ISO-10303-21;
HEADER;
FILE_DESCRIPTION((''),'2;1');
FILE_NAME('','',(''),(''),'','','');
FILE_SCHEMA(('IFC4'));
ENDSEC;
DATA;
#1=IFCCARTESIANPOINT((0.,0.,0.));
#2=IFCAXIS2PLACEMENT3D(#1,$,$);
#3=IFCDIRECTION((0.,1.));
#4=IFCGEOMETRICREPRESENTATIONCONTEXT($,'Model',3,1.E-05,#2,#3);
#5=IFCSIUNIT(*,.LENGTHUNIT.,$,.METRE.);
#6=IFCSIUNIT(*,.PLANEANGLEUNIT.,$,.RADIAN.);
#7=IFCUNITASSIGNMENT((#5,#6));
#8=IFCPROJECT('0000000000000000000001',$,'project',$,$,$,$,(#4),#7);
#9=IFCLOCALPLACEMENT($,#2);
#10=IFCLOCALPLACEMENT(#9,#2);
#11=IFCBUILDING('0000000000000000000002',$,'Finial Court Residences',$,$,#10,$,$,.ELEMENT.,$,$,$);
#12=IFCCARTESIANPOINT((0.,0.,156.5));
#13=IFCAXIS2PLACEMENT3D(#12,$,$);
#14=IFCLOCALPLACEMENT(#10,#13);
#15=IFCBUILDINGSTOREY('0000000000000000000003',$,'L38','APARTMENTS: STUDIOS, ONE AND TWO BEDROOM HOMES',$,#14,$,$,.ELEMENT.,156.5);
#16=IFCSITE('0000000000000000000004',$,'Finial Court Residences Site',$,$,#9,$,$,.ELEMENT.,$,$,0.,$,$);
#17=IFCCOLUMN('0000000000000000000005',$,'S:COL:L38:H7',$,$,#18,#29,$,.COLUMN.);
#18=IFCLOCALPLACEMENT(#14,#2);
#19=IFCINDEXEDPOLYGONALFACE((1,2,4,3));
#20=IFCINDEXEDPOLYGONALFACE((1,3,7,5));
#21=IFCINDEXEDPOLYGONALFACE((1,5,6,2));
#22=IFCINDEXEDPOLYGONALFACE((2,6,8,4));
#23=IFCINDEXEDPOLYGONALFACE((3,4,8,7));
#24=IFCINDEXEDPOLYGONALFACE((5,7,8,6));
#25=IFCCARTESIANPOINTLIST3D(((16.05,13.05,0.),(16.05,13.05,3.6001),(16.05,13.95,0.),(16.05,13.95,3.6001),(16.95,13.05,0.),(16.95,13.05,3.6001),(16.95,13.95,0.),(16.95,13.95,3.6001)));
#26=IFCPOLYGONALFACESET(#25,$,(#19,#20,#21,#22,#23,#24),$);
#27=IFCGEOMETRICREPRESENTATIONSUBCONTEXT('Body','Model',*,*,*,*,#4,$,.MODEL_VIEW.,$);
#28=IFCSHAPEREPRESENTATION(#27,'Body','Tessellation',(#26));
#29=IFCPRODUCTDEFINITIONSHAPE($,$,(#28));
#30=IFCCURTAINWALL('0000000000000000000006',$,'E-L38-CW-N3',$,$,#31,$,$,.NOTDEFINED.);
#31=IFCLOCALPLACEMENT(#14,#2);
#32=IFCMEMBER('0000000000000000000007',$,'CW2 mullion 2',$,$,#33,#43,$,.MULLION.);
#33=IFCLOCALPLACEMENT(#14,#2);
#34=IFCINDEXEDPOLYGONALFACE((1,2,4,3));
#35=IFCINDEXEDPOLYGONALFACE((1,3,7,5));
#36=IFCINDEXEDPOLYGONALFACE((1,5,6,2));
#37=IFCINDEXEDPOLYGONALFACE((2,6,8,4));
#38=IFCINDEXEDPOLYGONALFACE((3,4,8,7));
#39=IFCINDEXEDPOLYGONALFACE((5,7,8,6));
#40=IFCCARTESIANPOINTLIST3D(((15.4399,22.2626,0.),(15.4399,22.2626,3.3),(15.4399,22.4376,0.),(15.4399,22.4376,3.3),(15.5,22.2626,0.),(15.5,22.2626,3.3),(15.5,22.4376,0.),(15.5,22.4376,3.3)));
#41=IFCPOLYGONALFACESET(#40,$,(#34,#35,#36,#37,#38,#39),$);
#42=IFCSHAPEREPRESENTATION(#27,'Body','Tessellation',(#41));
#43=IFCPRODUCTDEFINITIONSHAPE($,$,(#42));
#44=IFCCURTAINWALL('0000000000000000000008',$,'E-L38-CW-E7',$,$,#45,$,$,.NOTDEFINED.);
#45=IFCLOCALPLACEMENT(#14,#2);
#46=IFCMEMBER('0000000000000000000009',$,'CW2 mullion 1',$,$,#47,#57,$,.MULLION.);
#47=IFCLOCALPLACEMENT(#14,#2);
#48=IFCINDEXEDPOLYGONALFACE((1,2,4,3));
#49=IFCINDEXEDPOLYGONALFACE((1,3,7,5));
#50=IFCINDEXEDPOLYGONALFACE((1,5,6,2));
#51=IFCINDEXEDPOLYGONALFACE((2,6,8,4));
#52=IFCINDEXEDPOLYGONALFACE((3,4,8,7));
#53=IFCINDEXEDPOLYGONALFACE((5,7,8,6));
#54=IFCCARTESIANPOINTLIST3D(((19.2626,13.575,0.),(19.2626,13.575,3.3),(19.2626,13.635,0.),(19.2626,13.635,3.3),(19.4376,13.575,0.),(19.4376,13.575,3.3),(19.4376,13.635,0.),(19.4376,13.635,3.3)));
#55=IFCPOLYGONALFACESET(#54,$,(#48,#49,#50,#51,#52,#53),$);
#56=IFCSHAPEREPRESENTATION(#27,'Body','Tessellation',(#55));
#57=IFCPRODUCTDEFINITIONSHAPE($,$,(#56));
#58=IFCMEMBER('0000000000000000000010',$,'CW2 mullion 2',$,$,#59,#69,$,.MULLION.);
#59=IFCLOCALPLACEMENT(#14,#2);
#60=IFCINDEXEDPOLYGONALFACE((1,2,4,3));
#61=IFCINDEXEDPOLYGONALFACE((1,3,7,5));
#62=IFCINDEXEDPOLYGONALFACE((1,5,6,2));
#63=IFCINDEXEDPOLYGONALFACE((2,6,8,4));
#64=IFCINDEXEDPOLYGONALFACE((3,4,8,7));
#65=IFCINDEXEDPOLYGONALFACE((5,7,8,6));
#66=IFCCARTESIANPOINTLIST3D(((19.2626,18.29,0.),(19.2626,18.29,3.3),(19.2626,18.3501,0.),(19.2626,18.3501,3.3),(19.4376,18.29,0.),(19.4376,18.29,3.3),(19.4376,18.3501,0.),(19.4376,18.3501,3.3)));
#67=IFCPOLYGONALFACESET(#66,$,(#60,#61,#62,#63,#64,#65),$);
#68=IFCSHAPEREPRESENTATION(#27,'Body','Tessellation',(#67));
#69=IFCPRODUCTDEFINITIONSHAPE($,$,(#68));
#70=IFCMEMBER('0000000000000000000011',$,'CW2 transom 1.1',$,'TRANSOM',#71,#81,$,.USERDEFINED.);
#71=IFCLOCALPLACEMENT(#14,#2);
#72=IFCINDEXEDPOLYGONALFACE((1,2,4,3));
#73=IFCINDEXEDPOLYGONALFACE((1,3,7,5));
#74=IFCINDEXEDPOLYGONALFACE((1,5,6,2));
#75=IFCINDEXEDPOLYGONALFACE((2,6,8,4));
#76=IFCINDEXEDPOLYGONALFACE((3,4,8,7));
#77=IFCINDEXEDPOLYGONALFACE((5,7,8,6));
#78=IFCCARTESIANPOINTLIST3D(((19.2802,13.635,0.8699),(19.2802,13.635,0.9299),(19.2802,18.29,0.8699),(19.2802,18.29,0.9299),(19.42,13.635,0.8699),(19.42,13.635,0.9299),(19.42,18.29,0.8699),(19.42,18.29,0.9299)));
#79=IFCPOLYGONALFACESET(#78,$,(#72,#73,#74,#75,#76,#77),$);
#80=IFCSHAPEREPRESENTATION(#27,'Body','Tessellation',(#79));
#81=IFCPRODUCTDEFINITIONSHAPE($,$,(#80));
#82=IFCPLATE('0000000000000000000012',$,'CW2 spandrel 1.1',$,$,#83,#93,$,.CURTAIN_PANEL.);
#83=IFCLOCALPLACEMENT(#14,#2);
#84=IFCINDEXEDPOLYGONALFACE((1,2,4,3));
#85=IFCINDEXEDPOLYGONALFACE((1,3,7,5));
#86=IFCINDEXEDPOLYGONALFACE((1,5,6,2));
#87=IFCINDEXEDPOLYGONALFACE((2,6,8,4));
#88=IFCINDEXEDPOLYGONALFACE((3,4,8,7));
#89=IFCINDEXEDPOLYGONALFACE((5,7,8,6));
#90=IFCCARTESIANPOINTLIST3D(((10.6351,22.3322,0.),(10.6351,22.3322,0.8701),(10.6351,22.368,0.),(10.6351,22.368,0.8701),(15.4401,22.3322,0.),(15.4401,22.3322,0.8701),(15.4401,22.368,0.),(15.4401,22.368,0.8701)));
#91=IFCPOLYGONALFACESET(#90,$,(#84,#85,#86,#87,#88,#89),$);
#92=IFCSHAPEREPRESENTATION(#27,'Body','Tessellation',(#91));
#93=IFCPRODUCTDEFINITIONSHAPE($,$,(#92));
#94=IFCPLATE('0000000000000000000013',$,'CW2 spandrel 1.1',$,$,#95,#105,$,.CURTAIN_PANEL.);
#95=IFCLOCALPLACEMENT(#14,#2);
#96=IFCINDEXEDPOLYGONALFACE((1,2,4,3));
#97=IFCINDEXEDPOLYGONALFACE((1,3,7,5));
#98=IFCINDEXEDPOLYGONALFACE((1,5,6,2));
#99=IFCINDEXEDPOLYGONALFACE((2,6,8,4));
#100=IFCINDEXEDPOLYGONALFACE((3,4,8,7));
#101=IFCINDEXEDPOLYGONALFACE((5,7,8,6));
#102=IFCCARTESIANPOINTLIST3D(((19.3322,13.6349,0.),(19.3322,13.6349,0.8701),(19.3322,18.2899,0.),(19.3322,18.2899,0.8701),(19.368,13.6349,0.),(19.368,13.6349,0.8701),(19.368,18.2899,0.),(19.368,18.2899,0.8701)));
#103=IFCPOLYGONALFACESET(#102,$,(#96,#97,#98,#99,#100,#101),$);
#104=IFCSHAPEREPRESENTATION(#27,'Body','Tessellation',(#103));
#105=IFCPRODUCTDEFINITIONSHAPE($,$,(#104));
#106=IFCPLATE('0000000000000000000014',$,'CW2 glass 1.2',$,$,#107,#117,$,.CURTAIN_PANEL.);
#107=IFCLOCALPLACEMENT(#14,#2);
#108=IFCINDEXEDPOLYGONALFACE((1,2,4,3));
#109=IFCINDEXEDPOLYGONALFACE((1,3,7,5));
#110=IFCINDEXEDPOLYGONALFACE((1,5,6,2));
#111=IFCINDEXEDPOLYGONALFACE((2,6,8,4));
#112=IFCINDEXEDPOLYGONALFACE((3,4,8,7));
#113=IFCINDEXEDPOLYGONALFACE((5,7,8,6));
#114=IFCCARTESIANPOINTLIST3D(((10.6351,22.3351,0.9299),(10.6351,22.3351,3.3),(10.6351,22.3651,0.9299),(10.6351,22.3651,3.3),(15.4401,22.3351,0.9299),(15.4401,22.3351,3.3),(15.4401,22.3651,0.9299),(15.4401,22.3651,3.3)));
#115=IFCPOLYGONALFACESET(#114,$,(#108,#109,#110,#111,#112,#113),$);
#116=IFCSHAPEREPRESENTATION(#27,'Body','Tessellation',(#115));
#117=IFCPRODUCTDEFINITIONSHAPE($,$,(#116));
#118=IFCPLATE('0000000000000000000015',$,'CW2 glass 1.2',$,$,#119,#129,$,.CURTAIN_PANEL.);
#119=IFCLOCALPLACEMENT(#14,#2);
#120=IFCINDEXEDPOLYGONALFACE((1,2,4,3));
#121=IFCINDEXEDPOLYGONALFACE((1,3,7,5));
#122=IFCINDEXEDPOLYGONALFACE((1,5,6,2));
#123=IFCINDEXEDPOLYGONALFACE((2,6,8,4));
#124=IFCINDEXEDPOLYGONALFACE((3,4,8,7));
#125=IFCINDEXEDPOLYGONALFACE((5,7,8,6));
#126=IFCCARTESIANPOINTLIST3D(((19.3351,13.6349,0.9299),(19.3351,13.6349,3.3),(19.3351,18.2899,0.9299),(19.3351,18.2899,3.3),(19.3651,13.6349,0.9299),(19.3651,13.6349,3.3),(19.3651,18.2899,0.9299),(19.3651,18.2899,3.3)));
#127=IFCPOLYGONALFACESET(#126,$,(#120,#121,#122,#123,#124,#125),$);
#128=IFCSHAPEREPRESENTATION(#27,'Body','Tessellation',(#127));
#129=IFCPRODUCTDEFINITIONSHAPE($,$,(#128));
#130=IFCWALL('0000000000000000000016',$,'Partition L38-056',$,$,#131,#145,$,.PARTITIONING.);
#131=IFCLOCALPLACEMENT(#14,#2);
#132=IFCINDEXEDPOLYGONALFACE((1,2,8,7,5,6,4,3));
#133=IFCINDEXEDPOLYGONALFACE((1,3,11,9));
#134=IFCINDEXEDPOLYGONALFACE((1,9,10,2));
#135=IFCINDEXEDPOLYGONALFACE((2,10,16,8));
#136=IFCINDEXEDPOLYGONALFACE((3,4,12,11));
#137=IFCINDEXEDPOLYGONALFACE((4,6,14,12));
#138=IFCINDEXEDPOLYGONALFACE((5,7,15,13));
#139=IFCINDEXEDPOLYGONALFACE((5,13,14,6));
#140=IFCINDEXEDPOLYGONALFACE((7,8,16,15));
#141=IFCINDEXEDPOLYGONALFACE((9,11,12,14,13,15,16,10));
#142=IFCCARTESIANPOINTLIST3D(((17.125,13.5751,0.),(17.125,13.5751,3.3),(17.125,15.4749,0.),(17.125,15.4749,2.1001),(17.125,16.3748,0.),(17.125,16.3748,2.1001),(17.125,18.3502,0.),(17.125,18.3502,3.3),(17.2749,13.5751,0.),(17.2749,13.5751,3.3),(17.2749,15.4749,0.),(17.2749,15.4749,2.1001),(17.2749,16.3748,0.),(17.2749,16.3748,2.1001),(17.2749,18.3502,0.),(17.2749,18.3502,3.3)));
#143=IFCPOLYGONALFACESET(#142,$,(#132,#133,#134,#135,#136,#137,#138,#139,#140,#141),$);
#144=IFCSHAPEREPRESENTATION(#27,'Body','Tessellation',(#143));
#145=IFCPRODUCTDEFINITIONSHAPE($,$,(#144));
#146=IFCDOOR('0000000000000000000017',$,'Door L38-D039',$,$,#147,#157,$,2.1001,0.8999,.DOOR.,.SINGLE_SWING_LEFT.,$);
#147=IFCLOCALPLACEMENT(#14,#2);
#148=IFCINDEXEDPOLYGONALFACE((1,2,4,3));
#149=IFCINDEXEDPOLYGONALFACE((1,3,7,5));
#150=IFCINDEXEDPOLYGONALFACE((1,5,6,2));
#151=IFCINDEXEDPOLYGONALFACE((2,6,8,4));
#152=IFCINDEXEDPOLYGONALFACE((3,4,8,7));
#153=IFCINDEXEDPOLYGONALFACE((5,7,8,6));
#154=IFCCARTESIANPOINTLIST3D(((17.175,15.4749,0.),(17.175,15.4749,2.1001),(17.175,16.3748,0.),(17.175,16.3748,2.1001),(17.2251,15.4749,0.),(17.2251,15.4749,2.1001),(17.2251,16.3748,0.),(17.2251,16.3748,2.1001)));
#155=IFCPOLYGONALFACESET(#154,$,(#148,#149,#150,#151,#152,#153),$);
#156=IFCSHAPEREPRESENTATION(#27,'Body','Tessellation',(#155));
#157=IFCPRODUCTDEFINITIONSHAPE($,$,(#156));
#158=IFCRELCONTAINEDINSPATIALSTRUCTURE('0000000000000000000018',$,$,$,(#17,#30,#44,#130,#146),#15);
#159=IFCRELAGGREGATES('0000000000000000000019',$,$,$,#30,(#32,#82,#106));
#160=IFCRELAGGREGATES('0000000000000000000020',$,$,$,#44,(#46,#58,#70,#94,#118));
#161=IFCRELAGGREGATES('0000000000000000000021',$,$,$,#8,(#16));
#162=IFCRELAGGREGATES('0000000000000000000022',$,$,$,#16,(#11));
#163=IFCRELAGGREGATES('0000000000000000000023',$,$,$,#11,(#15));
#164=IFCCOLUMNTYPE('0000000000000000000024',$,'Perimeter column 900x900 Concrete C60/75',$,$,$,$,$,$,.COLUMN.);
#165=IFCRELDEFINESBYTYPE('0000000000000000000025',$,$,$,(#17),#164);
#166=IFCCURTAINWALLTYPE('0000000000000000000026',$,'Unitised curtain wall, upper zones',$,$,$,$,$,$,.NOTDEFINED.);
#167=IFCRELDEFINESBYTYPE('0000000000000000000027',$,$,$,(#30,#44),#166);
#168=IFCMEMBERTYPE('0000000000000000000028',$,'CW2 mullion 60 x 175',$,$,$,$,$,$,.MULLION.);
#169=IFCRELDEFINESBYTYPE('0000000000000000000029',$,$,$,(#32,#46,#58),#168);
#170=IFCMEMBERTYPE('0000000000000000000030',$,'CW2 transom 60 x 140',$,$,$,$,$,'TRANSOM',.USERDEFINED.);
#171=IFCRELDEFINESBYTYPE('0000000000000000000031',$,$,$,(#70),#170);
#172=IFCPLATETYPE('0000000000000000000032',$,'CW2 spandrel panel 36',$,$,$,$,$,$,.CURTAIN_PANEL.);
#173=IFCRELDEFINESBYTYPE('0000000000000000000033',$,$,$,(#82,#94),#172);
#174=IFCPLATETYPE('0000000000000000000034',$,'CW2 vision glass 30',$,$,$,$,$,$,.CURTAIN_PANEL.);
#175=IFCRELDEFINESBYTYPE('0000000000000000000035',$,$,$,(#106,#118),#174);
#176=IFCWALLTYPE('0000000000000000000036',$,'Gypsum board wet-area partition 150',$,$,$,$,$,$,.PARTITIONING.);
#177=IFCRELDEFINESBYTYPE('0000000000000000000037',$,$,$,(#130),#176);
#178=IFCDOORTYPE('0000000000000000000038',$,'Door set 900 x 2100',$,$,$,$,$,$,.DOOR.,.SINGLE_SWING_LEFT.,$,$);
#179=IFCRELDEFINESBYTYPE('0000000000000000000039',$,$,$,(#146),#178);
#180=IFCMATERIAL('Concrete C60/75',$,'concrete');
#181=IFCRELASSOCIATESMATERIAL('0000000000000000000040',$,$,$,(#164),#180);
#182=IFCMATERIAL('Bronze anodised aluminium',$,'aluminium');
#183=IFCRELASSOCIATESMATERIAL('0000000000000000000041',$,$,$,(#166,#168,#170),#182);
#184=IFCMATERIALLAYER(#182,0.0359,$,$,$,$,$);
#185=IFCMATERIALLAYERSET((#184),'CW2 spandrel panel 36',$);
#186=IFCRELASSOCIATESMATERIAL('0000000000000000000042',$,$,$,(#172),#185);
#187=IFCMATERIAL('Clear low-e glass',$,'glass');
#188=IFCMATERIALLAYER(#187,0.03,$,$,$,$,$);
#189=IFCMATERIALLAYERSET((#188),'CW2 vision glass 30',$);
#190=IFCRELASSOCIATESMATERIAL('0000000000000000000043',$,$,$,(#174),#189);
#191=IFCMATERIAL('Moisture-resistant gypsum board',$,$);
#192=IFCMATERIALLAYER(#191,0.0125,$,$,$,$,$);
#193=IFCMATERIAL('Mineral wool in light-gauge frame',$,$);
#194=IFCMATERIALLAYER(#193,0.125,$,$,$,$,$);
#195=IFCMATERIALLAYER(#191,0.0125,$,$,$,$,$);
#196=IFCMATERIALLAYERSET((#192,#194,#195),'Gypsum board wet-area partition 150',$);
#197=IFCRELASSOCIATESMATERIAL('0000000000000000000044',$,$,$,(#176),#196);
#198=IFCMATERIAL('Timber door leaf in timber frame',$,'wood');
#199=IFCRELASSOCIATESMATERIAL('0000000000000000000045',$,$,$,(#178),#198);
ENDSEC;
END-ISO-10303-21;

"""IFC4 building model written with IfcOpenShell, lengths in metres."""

from ifc_helpers import new_model, si_unit, direction, frame, frame_2d, origin, origin_2d, place, context, subcontext, project, spatial, rectangle, extrude, material, layer, layer_set, material_profile, profile_set, type_object, element, fill, aggregate, save


model = new_model("IFC4")

# Units and contexts
model_context = context("Model", 3, precision=1e-05, world=origin(), true_north=direction((0.0, 1.0)))
body_context = subcontext(model_context, "Body", "Model", "MODEL_VIEW")
ifc_project = project(units=[si_unit("LENGTHUNIT", "METRE"), si_unit("PLANEANGLEUNIT", "RADIAN")], contexts=[model_context])

# Site, building, storey
site_placement = place(None, origin())
site = spatial("IfcSite", under=ifc_project, at=site_placement, Name="Finial Court Residences Site", CompositionType="ELEMENT", RefElevation=0.0)
building_placement = place(site_placement, origin())
building = spatial("IfcBuilding", under=site, at=building_placement, Name="Finial Court Residences", CompositionType="ELEMENT")
storey_placement = place(building_placement, frame((0.0, 0.0, 156.5)))
storey = spatial("IfcBuildingStorey", under=building, at=storey_placement, Name="L38", Description="APARTMENTS: STUDIOS, ONE AND TWO BEDROOM HOMES", CompositionType="ELEMENT", Elevation=156.5)

# Column
ifc_material_1 = material(Name="Concrete C60/75", Category="concrete")
ifc_material_profile_1 = material_profile(ifc_material_1, rectangle(XDim=0.8999, YDim=0.8999, at=origin_2d()), Name="900x900")
ifc_profile_set_1 = profile_set([ifc_material_profile_1], Name="Concrete C60/75")
column_type = type_object("IfcColumnType", Name="Perimeter column 900x900 Concrete C60/75", PredefinedType="COLUMN", material=ifc_profile_set_1)
column_placement = place(storey_placement, frame((16.5, 13.5, 0.0), z_axis=(0.0, 0.0, 1.0), x_axis=(1.0, 0.0, 0.0)))
element("IfcColumn", 1, at=column_placement, inside=storey, type_object=column_type, Name="S:COL:L38:H7", PredefinedType="COLUMN", context=body_context, shape_type="SweptSolid", body=[
    extrude(rectangle(XDim=0.8999, YDim=0.8999, at=origin_2d()), origin(), (0.0, 0.0, 1.0), 3.6001),
])

# Curtain wall, member
ifc_material_2 = material(Name="Bronze anodised aluminium", Category="aluminium")
curtain_wall_type = type_object("IfcCurtainWallType", Name="Unitised curtain wall, upper zones", PredefinedType="NOTDEFINED", material=ifc_material_2)
curtain_wall_1_placement = place(storey_placement, origin())
curtain_wall_1 = element("IfcCurtainWall", 2, at=curtain_wall_1_placement, inside=storey, type_object=curtain_wall_type, Name="E-L38-CW-N3", PredefinedType="NOTDEFINED")
ifc_material_profile_2 = material_profile(ifc_material_2, rectangle(XDim=0.175, YDim=0.0601, at=origin_2d()), Name="CW2 mullion 60 x 175")
ifc_profile_set_2 = profile_set([ifc_material_profile_2], Name="Bronze anodised aluminium")
member_type_1 = type_object("IfcMemberType", Name="CW2 mullion 60 x 175", PredefinedType="MULLION", material=ifc_profile_set_2)
member_1_placement = place(storey_placement, frame((15.47, 22.3501, 0.0), z_axis=(0.0, 0.0, 1.0), x_axis=(0.0, 1.0, 0.0)))
member_1 = element("IfcMember", 3, at=member_1_placement, type_object=member_type_1, Name="CW2 mullion 2", PredefinedType="MULLION", context=body_context, shape_type="SweptSolid", body=[
    extrude(rectangle(XDim=0.175, YDim=0.0601, at=origin_2d()), origin(), (0.0, 0.0, 1.0), 3.3),
])

# Curtain wall, members
curtain_wall_2_placement = place(storey_placement, origin())
curtain_wall_2 = element("IfcCurtainWall", 4, at=curtain_wall_2_placement, inside=storey, type_object=curtain_wall_type, Name="E-L38-CW-E7", PredefinedType="NOTDEFINED")
member_2_placement = place(storey_placement, frame((19.3501, 13.605, 0.0), z_axis=(0.0, 0.0, 1.0), x_axis=(-1.0, 0.0, 0.0)))
member_2 = element("IfcMember", 5, at=member_2_placement, type_object=member_type_1, Name="CW2 mullion 1", PredefinedType="MULLION", context=body_context, shape_type="SweptSolid", body=[
    extrude(rectangle(XDim=0.175, YDim=0.0601, at=origin_2d()), origin(), (0.0, 0.0, 1.0), 3.3),
])
member_3_placement = place(storey_placement, frame((19.3501, 18.3201, 0.0), z_axis=(0.0, 0.0, 1.0), x_axis=(-1.0, 0.0, 0.0)))
member_3 = element("IfcMember", 6, at=member_3_placement, type_object=member_type_1, Name="CW2 mullion 2", PredefinedType="MULLION", context=body_context, shape_type="SweptSolid", body=[
    extrude(rectangle(XDim=0.175, YDim=0.0601, at=origin_2d()), origin(), (0.0, 0.0, 1.0), 3.3),
])
ifc_material_profile_3 = material_profile(ifc_material_2, rectangle(XDim=0.1399, YDim=0.0601, at=origin_2d()), Name="CW2 transom 60 x 140")
ifc_profile_set_3 = profile_set([ifc_material_profile_3], Name="Bronze anodised aluminium")
member_type_2 = type_object("IfcMemberType", Name="CW2 transom 60 x 140", ElementType="TRANSOM", PredefinedType="USERDEFINED", material=ifc_profile_set_3)
member_4_placement = place(storey_placement, frame((19.3501, 13.635, 0.8999), z_axis=(0.0, 1.0, 0.0), x_axis=(-1.0, 0.0, 0.0)))
member_4 = element("IfcMember", 7, at=member_4_placement, type_object=member_type_2, Name="CW2 transom 1.1", ObjectType="TRANSOM", PredefinedType="USERDEFINED", context=body_context, shape_type="SweptSolid", body=[
    extrude(rectangle(XDim=0.1399, YDim=0.0601, at=origin_2d()), origin(), (0.0, 0.0, 1.0), 4.655),
])

# Plates
ifc_layer_1 = layer(ifc_material_2, 0.0359)
ifc_layer_set_1 = layer_set([ifc_layer_1], Name="CW2 spandrel panel 36")
plate_type_1 = type_object("IfcPlateType", Name="CW2 spandrel panel 36", PredefinedType="CURTAIN_PANEL", material=ifc_layer_set_1)
plate_1_placement = place(storey_placement, frame((13.0376, 22.3501, 0.0), z_axis=(0.0, 0.0, 1.0), x_axis=(1.0, 0.0, 0.0)))
plate_1 = element("IfcPlate", 8, at=plate_1_placement, type_object=plate_type_1, Name="CW2 spandrel 1.1", PredefinedType="CURTAIN_PANEL", context=body_context, shape_type="SweptSolid", body=[
    extrude(rectangle(XDim=4.8049, YDim=0.0359, at=origin_2d()), origin(), (0.0, 0.0, 1.0), 0.8701),
])
plate_2_placement = place(storey_placement, frame((19.3501, 15.9624, 0.0), z_axis=(0.0, 0.0, 1.0), x_axis=(0.0, 1.0, 0.0)))
plate_2 = element("IfcPlate", 9, at=plate_2_placement, type_object=plate_type_1, Name="CW2 spandrel 1.1", PredefinedType="CURTAIN_PANEL", context=body_context, shape_type="SweptSolid", body=[
    extrude(rectangle(XDim=4.655, YDim=0.0359, at=origin_2d()), origin(), (0.0, 0.0, 1.0), 0.8701),
])
ifc_material_3 = material(Name="Clear low-e glass", Category="glass")
ifc_layer_2 = layer(ifc_material_3, 0.03)
ifc_layer_set_2 = layer_set([ifc_layer_2], Name="CW2 vision glass 30")
plate_type_2 = type_object("IfcPlateType", Name="CW2 vision glass 30", PredefinedType="CURTAIN_PANEL", material=ifc_layer_set_2)
plate_3_placement = place(storey_placement, frame((13.0376, 22.3501, 0.9299), z_axis=(0.0, 0.0, 1.0), x_axis=(1.0, 0.0, 0.0)))
plate_3 = element("IfcPlate", 10, at=plate_3_placement, type_object=plate_type_2, Name="CW2 glass 1.2", PredefinedType="CURTAIN_PANEL", context=body_context, shape_type="SweptSolid", body=[
    extrude(rectangle(XDim=4.8049, YDim=0.03, at=origin_2d()), origin(), (0.0, 0.0, 1.0), 2.3701),
])
aggregate(curtain_wall_1, [member_1, plate_1, plate_3])
plate_4_placement = place(storey_placement, frame((19.3501, 15.9624, 0.9299), z_axis=(0.0, 0.0, 1.0), x_axis=(0.0, 1.0, 0.0)))
plate_4 = element("IfcPlate", 11, at=plate_4_placement, type_object=plate_type_2, Name="CW2 glass 1.2", PredefinedType="CURTAIN_PANEL", context=body_context, shape_type="SweptSolid", body=[
    extrude(rectangle(XDim=4.655, YDim=0.03, at=origin_2d()), origin(), (0.0, 0.0, 1.0), 2.3701),
])
aggregate(curtain_wall_2, [member_2, member_3, member_4, plate_2, plate_4])

# Wall, opening, door
ifc_material_4 = material(Name="Moisture-resistant gypsum board")
ifc_layer_3 = layer(ifc_material_4, 0.0125)
ifc_material_5 = material(Name="Mineral wool in light-gauge frame")
ifc_layer_4 = layer(ifc_material_5, 0.125)
ifc_layer_5 = layer(ifc_material_4, 0.0125)
ifc_layer_set_3 = layer_set([ifc_layer_3, ifc_layer_4, ifc_layer_5], Name="Gypsum board wet-area partition 150")
wall_type_1 = type_object("IfcWallType", Name="Gypsum board wet-area partition 150", PredefinedType="PARTITIONING", material=ifc_layer_set_3)
wall_1_placement = place(storey_placement, frame((17.2, 13.575, 0.0), z_axis=(0.0, 0.0, 1.0), x_axis=(0.0, 1.0, 0.0)))
wall_1 = element("IfcWall", 12, at=wall_1_placement, inside=storey, type_object=wall_type_1, Name="Partition L38-056", PredefinedType="PARTITIONING", context=body_context, shape_type="SweptSolid", body=[
    extrude(rectangle(XDim=4.7751, YDim=0.1499, at=frame_2d((2.3877, 0.0))), origin(), (0.0, 0.0, 1.0), 3.3),
])
opening_1_placement = place(wall_1_placement, frame((1.8999, 0.0, 0.0)))
opening_1 = element("IfcOpeningElement", 13, at=opening_1_placement, cuts=wall_1, PredefinedType="OPENING", context=body_context, shape_type="SweptSolid", body=[
    extrude(rectangle(XDim=0.8999, YDim=2.1001, at=frame_2d((0.45, 1.05))), frame((0.0, 0.085, 0.0), z_axis=(0.0, -1.0, 0.0), x_axis=(1.0, 0.0, 0.0)), (0.0, 0.0, 1.0), 0.1699),
])
ifc_material_6 = material(Name="Timber door leaf in timber frame", Category="wood")
door_type = type_object("IfcDoorType", Name="Door set 900 x 2100", OperationType="SINGLE_SWING_LEFT", PredefinedType="DOOR", material=ifc_material_6)
door_placement = place(opening_1_placement, origin())
door = element("IfcDoor", 14, at=door_placement, inside=storey, type_object=door_type, Name="Door L38-D039", OperationType="SINGLE_SWING_LEFT", OverallHeight=2.1001, OverallWidth=0.8999, PredefinedType="DOOR", context=body_context, shape_type="SweptSolid", body=[
    extrude(rectangle(XDim=0.8999, YDim=2.1001, at=frame_2d((0.45, 1.05))), frame((0.0, 0.0249, 0.0), z_axis=(0.0, -1.0, 0.0), x_axis=(1.0, 0.0, 0.0)), (0.0, 0.0, 1.0), 0.05),
])
fill(opening_1, door)

save(model, "model.ifc")
